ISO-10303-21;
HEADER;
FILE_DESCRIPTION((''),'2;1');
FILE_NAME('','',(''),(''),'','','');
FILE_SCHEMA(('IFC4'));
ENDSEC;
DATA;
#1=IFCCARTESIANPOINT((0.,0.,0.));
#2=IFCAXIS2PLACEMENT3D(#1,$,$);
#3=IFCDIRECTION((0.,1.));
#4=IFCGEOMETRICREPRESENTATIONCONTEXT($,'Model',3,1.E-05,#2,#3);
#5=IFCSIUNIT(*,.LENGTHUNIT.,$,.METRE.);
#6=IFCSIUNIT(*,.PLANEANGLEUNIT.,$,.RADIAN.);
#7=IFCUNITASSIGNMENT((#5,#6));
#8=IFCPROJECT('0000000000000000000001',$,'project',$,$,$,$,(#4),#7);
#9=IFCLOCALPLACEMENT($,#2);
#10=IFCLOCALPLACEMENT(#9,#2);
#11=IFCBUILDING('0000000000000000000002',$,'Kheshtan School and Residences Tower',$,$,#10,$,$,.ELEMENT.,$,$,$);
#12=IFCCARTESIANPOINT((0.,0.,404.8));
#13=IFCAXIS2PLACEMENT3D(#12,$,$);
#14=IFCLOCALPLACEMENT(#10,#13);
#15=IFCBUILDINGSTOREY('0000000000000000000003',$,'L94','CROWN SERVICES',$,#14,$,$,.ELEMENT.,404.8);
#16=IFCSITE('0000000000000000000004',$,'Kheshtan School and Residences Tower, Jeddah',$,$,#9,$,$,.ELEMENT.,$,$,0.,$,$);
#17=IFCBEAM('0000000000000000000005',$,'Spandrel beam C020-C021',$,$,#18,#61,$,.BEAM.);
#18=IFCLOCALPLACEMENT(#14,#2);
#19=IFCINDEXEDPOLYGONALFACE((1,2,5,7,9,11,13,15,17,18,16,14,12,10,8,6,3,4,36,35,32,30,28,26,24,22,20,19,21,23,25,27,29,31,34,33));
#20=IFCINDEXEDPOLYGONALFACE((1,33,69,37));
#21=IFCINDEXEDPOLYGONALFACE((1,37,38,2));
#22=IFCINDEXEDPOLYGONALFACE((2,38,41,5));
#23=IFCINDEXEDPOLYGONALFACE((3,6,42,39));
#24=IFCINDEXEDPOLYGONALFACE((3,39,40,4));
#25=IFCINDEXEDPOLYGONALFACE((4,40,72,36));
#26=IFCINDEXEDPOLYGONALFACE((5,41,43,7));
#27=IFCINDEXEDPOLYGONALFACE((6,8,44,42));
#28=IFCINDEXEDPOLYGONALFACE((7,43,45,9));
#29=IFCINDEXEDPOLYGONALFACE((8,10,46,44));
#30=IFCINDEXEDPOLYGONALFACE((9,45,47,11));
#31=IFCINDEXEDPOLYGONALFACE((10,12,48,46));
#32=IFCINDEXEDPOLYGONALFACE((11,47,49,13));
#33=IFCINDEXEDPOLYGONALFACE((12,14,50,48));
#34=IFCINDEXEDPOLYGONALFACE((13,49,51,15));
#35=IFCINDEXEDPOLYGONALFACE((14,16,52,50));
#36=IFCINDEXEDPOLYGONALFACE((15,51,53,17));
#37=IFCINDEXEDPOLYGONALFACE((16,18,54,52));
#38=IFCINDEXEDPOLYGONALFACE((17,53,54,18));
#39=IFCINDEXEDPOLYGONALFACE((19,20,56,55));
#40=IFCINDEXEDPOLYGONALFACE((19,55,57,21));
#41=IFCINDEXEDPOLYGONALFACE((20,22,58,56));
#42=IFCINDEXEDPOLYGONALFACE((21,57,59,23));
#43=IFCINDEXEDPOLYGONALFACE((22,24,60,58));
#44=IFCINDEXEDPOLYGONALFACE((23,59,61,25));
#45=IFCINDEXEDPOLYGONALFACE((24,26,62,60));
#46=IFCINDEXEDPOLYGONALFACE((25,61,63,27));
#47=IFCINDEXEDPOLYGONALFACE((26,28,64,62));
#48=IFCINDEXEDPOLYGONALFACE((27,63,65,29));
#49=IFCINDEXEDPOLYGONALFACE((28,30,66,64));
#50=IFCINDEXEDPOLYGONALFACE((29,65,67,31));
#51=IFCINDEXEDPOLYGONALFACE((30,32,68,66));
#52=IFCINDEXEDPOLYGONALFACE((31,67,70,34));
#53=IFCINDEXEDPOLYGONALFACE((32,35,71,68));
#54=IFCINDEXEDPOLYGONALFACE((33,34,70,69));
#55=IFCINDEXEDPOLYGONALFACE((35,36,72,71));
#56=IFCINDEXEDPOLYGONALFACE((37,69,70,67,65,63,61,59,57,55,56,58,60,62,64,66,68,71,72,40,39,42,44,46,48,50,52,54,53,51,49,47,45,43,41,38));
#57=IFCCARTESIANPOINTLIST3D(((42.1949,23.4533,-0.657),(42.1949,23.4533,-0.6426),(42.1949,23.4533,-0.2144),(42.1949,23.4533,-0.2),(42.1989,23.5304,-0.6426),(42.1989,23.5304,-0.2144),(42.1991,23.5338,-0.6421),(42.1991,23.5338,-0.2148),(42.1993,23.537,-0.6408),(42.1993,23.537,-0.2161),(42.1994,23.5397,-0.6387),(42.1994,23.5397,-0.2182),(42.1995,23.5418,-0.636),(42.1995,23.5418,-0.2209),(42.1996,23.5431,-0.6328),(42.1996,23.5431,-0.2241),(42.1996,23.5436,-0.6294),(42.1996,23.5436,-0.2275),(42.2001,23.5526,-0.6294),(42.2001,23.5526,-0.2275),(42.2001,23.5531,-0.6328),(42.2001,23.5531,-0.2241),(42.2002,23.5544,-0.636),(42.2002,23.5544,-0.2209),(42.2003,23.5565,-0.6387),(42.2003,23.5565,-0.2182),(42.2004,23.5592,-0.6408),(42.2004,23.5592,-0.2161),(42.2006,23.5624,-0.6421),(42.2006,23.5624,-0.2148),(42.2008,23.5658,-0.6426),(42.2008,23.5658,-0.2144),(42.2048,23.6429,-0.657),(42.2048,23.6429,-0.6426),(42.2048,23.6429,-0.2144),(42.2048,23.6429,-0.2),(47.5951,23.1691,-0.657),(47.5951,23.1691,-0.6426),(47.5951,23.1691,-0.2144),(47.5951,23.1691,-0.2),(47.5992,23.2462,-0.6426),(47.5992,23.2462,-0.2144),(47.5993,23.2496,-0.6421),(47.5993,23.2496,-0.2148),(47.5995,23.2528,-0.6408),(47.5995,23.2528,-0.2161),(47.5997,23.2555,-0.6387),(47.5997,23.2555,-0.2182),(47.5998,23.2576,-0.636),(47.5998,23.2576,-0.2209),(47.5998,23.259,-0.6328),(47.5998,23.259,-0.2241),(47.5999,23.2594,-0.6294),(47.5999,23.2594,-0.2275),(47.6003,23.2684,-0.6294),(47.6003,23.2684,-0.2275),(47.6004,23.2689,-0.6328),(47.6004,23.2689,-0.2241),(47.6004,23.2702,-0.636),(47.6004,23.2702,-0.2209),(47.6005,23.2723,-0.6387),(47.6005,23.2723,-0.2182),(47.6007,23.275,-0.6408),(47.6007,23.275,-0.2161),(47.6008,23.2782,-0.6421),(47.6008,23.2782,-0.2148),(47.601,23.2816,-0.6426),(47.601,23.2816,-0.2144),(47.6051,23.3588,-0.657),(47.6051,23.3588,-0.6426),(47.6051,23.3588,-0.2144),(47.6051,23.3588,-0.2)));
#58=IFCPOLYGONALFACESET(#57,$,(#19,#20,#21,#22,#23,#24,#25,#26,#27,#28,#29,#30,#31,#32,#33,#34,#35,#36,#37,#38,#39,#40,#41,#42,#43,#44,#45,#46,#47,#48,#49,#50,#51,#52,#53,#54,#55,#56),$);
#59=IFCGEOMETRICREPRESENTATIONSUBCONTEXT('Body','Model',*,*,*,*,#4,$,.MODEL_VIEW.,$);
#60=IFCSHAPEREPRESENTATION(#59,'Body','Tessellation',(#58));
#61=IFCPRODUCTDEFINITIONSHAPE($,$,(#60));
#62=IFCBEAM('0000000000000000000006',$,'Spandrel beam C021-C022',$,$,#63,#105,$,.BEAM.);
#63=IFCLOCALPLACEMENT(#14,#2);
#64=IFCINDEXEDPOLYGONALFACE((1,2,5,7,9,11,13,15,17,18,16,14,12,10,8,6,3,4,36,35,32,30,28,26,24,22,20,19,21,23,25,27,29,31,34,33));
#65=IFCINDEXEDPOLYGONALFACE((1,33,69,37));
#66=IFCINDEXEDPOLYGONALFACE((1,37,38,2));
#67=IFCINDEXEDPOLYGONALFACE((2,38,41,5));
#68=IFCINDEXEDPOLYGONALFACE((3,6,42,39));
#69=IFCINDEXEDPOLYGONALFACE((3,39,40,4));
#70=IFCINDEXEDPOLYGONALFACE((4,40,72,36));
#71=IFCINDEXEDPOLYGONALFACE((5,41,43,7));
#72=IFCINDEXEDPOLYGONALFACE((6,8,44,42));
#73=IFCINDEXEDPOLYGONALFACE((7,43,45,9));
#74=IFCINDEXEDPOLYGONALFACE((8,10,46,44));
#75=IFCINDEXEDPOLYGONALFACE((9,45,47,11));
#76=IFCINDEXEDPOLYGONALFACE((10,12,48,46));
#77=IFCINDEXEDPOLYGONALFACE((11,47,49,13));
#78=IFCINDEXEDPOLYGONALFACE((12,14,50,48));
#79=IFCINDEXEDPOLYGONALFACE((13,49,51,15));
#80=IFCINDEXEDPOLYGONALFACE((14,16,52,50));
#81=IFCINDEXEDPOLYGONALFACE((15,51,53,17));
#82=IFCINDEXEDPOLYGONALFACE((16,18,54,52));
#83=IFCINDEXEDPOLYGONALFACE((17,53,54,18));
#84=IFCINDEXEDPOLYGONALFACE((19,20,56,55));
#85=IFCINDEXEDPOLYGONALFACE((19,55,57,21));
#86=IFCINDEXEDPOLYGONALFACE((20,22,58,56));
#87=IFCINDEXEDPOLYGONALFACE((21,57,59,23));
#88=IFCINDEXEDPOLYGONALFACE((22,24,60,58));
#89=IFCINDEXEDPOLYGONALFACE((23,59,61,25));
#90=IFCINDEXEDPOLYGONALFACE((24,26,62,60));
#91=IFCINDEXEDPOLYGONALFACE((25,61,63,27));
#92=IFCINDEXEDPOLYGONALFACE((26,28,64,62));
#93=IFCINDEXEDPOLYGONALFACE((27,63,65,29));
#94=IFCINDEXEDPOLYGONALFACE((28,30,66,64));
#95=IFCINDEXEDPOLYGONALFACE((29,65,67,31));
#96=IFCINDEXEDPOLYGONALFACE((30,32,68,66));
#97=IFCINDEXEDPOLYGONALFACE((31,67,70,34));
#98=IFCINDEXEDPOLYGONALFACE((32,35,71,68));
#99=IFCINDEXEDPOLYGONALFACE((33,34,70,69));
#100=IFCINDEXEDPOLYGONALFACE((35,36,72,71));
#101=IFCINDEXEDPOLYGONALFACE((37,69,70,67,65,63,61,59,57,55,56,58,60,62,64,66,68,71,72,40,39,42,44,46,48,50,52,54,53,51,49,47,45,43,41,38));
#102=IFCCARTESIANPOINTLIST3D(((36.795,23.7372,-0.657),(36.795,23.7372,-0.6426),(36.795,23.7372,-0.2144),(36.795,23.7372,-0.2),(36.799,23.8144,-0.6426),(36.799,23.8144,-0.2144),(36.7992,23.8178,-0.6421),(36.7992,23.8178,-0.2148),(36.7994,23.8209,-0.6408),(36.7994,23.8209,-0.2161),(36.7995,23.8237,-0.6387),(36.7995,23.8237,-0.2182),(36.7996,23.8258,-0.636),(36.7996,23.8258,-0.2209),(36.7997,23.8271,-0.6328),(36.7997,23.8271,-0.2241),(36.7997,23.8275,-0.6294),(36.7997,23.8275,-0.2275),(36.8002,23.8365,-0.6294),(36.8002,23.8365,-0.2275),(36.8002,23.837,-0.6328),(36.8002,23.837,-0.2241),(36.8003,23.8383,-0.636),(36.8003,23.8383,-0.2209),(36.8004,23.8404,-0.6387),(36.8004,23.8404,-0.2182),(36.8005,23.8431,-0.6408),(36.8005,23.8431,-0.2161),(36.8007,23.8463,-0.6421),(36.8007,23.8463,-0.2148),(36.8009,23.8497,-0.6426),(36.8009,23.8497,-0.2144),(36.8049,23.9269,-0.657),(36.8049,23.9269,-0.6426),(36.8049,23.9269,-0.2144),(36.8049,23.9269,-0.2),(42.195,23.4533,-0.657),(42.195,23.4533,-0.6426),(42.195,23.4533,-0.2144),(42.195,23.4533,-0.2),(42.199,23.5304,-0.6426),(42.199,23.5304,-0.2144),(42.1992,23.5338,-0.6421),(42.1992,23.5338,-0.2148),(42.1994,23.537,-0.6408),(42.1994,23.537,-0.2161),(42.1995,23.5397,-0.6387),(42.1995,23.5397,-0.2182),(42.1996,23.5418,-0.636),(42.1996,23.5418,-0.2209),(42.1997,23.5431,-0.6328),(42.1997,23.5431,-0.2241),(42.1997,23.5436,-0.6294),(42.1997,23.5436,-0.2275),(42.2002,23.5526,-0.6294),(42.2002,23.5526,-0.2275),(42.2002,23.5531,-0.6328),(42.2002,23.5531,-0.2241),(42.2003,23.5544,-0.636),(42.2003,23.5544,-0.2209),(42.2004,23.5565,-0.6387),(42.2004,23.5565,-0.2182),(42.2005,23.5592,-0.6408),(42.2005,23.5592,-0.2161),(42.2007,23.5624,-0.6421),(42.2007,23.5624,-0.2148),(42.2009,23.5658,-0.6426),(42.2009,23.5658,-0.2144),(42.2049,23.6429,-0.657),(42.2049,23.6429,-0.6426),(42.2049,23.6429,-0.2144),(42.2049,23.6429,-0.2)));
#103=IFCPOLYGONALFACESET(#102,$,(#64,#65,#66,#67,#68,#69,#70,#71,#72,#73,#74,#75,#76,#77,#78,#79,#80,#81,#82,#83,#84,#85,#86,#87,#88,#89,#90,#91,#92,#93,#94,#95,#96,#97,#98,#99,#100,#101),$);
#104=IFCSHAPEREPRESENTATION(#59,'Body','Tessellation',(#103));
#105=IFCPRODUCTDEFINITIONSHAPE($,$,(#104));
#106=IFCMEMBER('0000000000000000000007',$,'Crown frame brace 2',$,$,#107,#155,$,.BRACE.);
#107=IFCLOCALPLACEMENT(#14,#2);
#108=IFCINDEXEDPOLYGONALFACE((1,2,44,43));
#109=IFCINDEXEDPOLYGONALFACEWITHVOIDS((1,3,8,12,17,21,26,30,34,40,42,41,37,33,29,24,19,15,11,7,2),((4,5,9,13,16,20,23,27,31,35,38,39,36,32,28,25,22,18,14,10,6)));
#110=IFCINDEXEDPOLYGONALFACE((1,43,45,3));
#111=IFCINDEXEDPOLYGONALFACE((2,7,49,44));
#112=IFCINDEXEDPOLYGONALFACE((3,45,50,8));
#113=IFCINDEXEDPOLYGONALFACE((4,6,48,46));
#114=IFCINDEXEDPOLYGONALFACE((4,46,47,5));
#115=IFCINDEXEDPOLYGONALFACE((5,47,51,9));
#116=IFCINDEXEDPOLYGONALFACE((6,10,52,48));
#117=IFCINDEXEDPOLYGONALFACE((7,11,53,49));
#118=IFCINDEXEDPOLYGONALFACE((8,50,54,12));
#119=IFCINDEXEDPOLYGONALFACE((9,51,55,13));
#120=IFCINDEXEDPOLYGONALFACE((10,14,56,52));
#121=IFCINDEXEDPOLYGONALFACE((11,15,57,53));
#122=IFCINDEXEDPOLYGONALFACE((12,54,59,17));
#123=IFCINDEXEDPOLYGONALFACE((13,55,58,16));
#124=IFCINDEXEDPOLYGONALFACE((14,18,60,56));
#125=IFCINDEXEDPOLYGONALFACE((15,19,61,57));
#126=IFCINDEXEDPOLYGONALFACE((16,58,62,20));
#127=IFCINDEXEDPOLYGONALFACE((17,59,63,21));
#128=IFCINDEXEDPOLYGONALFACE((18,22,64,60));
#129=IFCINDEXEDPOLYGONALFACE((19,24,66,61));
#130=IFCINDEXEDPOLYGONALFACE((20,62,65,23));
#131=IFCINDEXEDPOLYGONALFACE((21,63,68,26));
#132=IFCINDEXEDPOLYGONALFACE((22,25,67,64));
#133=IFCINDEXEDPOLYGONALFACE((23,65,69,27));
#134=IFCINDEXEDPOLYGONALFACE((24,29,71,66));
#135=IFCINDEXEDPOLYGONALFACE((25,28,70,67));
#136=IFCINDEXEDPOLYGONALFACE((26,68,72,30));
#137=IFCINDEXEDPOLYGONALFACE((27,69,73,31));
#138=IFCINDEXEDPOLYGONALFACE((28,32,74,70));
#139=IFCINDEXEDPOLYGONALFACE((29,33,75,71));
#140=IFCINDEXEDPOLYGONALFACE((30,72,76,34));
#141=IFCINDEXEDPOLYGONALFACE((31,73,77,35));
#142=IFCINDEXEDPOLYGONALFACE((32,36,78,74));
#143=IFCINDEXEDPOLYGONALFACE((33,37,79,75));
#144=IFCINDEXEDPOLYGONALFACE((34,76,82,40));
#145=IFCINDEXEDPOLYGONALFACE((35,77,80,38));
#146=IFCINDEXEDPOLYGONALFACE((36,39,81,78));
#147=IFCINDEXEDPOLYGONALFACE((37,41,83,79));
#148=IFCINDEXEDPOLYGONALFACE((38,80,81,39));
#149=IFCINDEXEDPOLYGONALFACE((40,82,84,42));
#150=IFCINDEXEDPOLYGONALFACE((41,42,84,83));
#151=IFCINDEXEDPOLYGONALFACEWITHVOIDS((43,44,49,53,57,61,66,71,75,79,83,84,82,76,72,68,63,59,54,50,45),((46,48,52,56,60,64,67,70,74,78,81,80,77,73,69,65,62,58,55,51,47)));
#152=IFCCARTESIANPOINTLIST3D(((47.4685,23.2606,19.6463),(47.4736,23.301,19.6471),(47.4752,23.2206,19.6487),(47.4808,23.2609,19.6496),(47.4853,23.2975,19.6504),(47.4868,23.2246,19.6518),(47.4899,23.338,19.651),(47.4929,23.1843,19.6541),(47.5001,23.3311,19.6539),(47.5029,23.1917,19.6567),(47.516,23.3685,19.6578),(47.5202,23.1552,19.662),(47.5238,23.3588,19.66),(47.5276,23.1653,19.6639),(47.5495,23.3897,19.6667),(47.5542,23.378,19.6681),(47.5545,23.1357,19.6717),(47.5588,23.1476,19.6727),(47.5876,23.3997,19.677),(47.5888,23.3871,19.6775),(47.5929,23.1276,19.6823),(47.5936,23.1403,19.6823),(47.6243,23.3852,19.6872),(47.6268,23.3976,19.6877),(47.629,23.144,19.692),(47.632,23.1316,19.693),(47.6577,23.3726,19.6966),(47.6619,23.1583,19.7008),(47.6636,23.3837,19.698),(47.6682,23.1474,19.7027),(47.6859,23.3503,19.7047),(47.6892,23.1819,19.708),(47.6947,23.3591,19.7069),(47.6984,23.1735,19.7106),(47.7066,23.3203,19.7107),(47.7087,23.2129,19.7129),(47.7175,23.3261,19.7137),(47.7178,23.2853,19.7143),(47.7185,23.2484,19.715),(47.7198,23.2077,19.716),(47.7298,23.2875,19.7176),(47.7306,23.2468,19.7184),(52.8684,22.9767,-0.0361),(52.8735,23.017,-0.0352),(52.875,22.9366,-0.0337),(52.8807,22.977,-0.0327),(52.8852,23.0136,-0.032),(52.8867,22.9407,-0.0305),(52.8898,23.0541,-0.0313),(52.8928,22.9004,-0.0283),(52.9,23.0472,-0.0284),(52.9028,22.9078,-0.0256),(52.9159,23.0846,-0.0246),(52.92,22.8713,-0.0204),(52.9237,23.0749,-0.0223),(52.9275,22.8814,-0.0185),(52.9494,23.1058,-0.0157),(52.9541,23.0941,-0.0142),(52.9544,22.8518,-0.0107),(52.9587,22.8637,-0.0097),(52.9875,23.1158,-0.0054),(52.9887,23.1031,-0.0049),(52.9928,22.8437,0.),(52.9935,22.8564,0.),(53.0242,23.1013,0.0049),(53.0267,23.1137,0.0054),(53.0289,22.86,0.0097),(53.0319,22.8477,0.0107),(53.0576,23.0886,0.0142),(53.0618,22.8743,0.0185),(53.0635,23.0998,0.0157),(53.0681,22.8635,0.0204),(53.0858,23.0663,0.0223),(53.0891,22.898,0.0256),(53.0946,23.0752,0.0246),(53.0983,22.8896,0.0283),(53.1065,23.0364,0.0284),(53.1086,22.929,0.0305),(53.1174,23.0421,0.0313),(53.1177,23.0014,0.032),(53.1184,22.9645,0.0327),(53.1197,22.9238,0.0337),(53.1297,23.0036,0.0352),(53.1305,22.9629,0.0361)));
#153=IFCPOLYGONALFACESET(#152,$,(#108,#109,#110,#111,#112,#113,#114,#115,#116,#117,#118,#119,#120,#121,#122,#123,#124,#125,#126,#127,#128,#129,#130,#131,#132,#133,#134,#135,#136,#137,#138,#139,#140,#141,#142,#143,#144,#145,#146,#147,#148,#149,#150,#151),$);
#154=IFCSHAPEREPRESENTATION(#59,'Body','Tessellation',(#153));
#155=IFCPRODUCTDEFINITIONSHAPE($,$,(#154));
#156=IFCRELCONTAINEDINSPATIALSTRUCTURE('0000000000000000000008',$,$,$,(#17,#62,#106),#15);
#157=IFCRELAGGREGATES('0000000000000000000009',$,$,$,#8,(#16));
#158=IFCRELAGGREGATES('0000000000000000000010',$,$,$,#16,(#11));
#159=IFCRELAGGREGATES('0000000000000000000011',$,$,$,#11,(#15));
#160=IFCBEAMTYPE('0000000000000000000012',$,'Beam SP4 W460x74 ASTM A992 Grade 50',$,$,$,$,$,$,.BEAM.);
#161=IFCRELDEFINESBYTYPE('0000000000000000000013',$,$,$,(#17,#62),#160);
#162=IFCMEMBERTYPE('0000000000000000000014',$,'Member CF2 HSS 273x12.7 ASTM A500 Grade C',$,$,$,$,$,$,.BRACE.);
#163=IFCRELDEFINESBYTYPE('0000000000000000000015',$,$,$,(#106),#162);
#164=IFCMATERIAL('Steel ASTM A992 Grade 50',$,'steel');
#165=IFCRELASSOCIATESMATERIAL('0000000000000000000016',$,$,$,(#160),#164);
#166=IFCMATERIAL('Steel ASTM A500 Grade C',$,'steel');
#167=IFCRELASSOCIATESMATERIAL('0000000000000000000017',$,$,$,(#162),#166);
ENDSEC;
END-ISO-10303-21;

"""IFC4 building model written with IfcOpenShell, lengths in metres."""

from ifc_helpers import new_model, si_unit, direction, frame, origin, origin_2d, place, context, subcontext, project, spatial, hollow_circle, i_section, extrude, material, material_profile, profile_set, type_object, element, save


model = new_model("IFC4")

# Units and contexts
model_context = context("Model", 3, precision=1e-05, world=origin(), true_north=direction((0.0, 1.0)))
body_context = subcontext(model_context, "Body", "Model", "MODEL_VIEW")
ifc_project = project(units=[si_unit("LENGTHUNIT", "METRE"), si_unit("PLANEANGLEUNIT", "RADIAN")], contexts=[model_context])

# Site, building, storey
site_placement = place(None, origin())
site = spatial("IfcSite", under=ifc_project, at=site_placement, Name="Kheshtan School and Residences Tower, Jeddah", CompositionType="ELEMENT", RefElevation=0.0)
building_placement = place(site_placement, origin())
building = spatial("IfcBuilding", under=site, at=building_placement, Name="Kheshtan School and Residences Tower", CompositionType="ELEMENT")
storey_placement = place(building_placement, frame((0.0, 0.0, 404.8)))
storey = spatial("IfcBuildingStorey", under=building, at=storey_placement, Name="L94", Description="CROWN SERVICES", CompositionType="ELEMENT", Elevation=404.8)

# Shared definitions
ifc_material_1 = material(Name="Steel ASTM A500 Grade C", Category="steel")

# Beams
ifc_material_2 = material(Name="Steel ASTM A992 Grade 50", Category="steel")
ifc_material_profile_1 = material_profile(ifc_material_2, i_section(OverallWidth=0.1899, OverallDepth=0.457, WebThickness=0.009, FlangeThickness=0.0144, FilletRadius=0.0132, at=origin_2d()), Name="W460x74")
ifc_profile_set_1 = profile_set([ifc_material_profile_1], Name="Steel ASTM A992 Grade 50")
beam_type_1 = type_object("IfcBeamType", Name="Beam SP4 W460x74 ASTM A992 Grade 50", PredefinedType="BEAM", material=ifc_profile_set_1)
beam_1_placement = place(storey_placement, frame((47.6001, 23.2639, -0.4285), z_axis=(-0.998618, 0.052552, 0.0), x_axis=(-0.052552, -0.998618, 0.0)))
element("IfcBeam", 1, at=beam_1_placement, inside=storey, type_object=beam_type_1, Name="Spandrel beam C020-C021", PredefinedType="BEAM", context=body_context, shape_type="SweptSolid", body=[
    extrude(i_section(OverallWidth=0.1899, OverallDepth=0.457, WebThickness=0.009, FlangeThickness=0.0144, FilletRadius=0.0132, at=origin_2d()), origin(), (0.0, 0.0, 1.0), 5.4077),
])
beam_2_placement = place(storey_placement, frame((42.2, 23.5481, -0.4285), z_axis=(-0.99862, 0.052509, 0.0), x_axis=(-0.052509, -0.99862, 0.0)))
element("IfcBeam", 2, at=beam_2_placement, inside=storey, type_object=beam_type_1, Name="Spandrel beam C021-C022", PredefinedType="BEAM", context=body_context, shape_type="SweptSolid", body=[
    extrude(i_section(OverallWidth=0.1899, OverallDepth=0.457, WebThickness=0.009, FlangeThickness=0.0144, FilletRadius=0.0132, at=origin_2d()), origin(), (0.0, 0.0, 1.0), 5.4075),
])

# Member
ifc_material_profile_2 = material_profile(ifc_material_1, hollow_circle(Radius=0.1365, WallThickness=0.0127, at=origin_2d()), Name="HSS 273x12.7")
ifc_profile_set_2 = profile_set([ifc_material_profile_2], Name="Steel ASTM A500 Grade C")
member_type = type_object("IfcMemberType", Name="Member CF2 HSS 273x12.7 ASTM A500 Grade C", PredefinedType="BRACE", material=ifc_profile_set_2)
for number, where, z_axis, x_axis, name in (
    (3, (53.0, 22.98, 0.0), (-0.26455, 0.01391, 0.964272), (-0.052509, -0.99862, 0.0), "Crown frame brace 2"),
):
    element("IfcMember", number, at=place(storey_placement, frame(where, z_axis=z_axis, x_axis=x_axis)), inside=storey, type_object=member_type, Name=name, PredefinedType="BRACE", context=body_context, shape_type="SweptSolid", body=[
        extrude(hollow_circle(Radius=0.1365, WallThickness=0.0127, at=origin_2d()), origin(), (0.0, 0.0, 1.0), 20.4116),
    ])

save(model, "model.ifc")
